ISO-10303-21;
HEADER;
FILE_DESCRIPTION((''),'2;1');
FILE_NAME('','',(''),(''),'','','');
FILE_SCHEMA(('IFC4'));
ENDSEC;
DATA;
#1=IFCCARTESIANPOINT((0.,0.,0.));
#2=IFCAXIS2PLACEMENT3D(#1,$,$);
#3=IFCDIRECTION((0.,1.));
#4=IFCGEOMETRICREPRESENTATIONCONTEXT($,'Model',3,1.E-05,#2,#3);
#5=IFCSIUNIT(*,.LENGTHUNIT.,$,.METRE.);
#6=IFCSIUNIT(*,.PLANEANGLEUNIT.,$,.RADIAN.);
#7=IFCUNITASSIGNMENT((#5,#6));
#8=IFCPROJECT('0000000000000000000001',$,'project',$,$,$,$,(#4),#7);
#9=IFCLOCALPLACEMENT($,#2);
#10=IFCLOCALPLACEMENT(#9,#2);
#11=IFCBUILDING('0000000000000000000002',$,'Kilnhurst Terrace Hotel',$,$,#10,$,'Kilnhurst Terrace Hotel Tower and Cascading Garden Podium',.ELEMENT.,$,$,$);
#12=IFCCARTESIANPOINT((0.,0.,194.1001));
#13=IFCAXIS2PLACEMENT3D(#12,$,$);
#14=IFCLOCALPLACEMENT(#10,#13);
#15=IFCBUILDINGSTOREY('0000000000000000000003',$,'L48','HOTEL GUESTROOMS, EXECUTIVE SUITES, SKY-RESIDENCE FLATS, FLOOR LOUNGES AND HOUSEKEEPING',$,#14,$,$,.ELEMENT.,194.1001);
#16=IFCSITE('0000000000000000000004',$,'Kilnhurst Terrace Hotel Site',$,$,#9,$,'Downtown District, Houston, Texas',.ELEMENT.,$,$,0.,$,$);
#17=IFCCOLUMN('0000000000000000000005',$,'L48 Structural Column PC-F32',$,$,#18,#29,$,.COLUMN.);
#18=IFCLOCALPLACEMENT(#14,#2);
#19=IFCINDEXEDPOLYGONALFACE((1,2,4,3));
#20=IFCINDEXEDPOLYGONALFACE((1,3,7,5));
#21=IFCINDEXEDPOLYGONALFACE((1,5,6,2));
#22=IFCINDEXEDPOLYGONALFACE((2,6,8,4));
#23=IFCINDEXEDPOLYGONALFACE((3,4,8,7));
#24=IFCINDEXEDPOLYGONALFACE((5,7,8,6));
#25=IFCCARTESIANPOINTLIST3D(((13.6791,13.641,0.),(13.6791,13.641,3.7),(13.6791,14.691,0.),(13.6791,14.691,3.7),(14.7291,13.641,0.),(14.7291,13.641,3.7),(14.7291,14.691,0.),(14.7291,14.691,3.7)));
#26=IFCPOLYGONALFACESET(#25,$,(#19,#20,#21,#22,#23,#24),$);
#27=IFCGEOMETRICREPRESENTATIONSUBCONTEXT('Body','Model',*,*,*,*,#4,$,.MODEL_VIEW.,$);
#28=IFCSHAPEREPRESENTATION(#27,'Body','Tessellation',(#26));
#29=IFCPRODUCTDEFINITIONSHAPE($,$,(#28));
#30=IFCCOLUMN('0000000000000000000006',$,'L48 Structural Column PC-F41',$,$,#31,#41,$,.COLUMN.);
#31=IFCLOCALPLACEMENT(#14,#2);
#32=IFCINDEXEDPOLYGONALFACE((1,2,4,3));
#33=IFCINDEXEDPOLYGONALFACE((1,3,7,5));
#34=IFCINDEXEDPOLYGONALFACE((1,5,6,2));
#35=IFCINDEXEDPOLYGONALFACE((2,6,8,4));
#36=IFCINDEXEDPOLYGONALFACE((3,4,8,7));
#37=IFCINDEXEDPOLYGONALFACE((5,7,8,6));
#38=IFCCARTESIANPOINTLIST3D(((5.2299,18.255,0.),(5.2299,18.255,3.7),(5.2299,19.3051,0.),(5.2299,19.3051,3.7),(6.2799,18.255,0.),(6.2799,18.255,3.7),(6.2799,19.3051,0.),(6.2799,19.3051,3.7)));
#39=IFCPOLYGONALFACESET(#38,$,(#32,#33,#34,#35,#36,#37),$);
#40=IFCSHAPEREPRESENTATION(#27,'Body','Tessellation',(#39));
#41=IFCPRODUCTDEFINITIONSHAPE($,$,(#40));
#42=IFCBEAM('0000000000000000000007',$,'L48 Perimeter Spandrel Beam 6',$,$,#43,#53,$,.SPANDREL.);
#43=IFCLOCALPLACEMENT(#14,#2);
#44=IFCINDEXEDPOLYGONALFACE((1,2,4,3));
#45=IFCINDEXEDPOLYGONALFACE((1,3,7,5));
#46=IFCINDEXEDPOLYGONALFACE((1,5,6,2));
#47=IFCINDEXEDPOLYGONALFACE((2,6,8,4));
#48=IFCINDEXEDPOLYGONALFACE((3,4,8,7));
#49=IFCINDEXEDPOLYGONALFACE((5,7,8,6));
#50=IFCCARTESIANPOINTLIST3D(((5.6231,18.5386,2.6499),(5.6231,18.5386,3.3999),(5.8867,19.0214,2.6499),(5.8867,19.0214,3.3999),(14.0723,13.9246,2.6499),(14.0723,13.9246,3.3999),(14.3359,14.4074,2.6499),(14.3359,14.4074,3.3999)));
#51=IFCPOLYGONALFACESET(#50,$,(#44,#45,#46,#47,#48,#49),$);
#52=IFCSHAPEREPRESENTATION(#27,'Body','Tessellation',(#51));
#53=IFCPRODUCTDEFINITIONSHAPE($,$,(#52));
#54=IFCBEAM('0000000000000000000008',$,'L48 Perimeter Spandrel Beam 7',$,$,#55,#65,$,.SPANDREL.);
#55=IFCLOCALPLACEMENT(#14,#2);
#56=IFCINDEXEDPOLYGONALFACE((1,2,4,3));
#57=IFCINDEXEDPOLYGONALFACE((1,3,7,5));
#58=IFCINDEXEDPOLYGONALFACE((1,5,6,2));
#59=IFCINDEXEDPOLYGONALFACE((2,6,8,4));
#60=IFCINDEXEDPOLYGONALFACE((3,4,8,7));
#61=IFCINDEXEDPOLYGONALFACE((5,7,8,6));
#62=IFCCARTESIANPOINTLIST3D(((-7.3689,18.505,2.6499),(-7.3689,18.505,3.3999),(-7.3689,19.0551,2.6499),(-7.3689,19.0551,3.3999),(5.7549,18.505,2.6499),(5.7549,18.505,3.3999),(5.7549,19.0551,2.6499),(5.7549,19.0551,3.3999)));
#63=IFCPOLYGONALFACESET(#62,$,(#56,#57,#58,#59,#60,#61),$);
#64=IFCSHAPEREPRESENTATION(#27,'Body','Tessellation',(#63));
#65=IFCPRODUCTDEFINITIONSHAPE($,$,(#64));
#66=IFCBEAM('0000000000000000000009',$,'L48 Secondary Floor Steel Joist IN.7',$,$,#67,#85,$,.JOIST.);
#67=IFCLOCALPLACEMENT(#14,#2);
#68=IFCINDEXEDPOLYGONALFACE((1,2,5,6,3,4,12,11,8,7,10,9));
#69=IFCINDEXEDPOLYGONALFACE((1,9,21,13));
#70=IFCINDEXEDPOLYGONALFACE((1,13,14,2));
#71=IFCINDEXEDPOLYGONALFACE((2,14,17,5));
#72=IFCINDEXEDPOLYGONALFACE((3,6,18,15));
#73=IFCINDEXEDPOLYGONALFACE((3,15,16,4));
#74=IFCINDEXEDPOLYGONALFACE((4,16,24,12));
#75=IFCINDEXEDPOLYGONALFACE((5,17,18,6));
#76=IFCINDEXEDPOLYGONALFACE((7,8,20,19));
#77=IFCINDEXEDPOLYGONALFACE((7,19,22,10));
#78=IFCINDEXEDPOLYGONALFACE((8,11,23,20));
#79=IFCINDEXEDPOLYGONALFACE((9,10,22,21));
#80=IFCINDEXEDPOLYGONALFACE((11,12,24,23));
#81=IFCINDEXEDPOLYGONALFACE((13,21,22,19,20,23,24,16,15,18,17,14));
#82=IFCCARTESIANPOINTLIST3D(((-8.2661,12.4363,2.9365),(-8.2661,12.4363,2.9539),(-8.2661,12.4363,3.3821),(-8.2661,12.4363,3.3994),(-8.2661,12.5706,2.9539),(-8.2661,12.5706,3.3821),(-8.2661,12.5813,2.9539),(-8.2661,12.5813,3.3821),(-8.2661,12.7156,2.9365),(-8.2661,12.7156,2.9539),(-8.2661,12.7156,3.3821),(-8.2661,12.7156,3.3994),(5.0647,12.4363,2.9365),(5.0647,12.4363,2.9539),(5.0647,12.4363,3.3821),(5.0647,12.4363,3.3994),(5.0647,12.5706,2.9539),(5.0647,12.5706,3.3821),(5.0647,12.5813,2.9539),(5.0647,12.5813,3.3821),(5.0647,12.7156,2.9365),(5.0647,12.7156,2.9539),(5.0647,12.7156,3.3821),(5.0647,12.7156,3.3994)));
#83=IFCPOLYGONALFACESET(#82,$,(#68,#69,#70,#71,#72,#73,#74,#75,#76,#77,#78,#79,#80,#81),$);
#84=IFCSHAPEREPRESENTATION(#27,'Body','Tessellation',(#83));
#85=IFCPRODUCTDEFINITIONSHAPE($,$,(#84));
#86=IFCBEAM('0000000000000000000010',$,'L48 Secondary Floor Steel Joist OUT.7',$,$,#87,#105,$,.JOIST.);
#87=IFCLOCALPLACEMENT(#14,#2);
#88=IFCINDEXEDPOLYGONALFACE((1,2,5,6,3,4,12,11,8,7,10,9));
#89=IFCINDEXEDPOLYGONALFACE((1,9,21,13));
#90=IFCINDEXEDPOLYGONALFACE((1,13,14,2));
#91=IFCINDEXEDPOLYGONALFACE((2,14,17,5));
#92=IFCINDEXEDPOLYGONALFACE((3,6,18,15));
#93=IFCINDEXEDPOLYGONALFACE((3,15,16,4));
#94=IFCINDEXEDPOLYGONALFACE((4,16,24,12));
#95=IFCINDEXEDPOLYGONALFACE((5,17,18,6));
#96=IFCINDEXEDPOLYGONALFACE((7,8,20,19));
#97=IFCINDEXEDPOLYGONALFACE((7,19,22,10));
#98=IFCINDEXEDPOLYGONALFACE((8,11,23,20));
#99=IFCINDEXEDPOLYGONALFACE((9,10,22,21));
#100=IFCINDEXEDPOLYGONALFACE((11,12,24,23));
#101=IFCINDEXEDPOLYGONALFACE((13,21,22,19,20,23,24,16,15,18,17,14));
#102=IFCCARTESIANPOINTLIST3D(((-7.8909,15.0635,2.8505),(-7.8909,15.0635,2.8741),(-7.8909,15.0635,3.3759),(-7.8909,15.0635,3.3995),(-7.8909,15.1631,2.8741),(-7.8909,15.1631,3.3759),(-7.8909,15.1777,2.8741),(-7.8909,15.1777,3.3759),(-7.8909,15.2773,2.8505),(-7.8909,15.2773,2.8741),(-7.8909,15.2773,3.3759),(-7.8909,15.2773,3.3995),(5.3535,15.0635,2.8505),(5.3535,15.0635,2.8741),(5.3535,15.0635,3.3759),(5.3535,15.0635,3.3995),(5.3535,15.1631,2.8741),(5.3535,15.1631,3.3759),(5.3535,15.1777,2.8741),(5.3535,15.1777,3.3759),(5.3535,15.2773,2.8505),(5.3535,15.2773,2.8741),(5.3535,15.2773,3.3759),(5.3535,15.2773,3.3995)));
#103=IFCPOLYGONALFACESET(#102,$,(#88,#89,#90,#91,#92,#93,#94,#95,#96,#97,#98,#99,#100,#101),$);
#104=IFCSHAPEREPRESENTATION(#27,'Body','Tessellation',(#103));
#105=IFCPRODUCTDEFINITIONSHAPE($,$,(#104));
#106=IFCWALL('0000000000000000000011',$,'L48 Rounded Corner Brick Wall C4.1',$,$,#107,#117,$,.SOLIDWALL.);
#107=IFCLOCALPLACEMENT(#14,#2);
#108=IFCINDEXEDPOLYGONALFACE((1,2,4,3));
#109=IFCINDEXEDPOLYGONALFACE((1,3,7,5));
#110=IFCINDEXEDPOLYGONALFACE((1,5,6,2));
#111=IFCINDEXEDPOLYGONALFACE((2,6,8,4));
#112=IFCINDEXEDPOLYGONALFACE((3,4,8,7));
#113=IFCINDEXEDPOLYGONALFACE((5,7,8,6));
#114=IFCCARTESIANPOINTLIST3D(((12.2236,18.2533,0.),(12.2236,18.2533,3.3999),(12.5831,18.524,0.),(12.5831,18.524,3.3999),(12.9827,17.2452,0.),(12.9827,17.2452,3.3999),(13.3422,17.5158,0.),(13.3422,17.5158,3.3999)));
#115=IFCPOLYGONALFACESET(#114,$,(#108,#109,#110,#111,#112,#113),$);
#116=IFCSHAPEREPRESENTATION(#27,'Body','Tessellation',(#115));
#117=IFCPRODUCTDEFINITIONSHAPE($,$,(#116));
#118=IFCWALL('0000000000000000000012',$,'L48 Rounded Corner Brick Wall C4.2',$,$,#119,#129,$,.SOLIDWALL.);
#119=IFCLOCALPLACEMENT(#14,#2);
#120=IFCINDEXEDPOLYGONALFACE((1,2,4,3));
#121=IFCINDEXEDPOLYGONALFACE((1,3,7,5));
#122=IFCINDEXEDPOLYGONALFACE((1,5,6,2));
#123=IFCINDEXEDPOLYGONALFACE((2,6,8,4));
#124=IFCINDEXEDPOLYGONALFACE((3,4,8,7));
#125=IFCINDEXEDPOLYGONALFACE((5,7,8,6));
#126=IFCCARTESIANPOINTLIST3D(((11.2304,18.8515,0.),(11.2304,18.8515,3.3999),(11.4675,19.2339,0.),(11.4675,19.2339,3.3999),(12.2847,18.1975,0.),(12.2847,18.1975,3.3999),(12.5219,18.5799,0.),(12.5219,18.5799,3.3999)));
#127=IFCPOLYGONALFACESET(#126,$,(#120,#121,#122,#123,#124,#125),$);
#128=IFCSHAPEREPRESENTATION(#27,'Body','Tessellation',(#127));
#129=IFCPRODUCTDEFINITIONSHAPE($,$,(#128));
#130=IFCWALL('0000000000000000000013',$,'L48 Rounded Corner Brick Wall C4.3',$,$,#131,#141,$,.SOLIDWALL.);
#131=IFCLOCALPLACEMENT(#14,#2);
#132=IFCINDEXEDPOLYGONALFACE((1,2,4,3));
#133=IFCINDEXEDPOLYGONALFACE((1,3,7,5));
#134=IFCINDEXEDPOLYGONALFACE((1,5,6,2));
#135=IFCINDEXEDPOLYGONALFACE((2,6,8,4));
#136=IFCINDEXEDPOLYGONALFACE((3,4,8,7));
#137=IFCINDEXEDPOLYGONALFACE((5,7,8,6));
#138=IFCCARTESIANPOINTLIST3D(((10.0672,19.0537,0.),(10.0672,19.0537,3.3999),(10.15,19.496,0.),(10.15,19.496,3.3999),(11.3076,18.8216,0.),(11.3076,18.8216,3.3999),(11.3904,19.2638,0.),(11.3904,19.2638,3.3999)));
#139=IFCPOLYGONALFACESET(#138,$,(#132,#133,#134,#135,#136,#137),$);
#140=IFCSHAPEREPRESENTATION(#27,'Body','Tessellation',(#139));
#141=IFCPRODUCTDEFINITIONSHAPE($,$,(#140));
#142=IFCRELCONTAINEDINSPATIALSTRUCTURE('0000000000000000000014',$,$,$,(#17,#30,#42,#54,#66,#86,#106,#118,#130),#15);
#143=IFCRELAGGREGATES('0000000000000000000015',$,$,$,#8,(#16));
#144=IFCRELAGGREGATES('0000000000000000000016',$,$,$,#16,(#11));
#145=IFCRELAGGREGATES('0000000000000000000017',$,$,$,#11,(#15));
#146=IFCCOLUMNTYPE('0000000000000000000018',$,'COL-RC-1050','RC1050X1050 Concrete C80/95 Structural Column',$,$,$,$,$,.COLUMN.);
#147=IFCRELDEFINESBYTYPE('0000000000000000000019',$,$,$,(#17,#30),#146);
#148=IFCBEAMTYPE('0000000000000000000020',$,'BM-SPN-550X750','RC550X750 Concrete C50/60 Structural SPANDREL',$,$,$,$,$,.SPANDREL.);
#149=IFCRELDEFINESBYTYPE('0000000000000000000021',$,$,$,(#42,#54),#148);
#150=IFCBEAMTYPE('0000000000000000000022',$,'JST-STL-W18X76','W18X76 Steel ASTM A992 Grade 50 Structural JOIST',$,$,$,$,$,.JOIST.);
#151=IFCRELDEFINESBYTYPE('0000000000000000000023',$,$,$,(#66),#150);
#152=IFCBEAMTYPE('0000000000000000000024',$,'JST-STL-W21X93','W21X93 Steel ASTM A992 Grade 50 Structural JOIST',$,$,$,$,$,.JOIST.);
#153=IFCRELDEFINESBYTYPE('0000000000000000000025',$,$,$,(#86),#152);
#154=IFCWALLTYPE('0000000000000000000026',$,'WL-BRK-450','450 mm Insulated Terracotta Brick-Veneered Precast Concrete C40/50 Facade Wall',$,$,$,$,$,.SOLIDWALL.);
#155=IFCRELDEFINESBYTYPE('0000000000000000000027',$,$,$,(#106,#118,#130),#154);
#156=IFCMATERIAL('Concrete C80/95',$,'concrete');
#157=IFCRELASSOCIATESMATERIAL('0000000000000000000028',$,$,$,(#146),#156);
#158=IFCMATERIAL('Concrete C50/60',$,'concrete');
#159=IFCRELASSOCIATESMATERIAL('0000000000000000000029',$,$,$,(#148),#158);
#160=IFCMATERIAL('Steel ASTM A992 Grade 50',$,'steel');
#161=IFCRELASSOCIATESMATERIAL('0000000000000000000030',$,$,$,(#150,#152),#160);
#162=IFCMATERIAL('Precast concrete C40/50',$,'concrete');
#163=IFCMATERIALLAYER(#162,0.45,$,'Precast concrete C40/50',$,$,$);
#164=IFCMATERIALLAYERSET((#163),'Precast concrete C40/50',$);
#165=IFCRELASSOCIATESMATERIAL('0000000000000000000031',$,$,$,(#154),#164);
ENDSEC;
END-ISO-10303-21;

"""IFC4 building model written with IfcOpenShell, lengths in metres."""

from ifc_helpers import new_model, si_unit, direction, frame, frame_2d, origin, origin_2d, place, context, subcontext, project, spatial, rectangle, i_section, extrude, material, layer, layer_set, material_profile, profile_set, type_object, element, save


model = new_model("IFC4")

# Units and contexts
model_context = context("Model", 3, precision=1e-05, world=origin(), true_north=direction((0.0, 1.0)))
body_context = subcontext(model_context, "Body", "Model", "MODEL_VIEW")
ifc_project = project(units=[si_unit("LENGTHUNIT", "METRE"), si_unit("PLANEANGLEUNIT", "RADIAN")], contexts=[model_context])

# Site, building, storey
site_placement = place(None, origin())
site = spatial("IfcSite", under=ifc_project, at=site_placement, Name="Kilnhurst Terrace Hotel Site", LongName="Downtown District, Houston, Texas", CompositionType="ELEMENT", RefElevation=0.0)
building_placement = place(site_placement, origin())
building = spatial("IfcBuilding", under=site, at=building_placement, Name="Kilnhurst Terrace Hotel", LongName="Kilnhurst Terrace Hotel Tower and Cascading Garden Podium", CompositionType="ELEMENT")
storey_placement = place(building_placement, frame((0.0, 0.0, 194.1001)))
storey = spatial("IfcBuildingStorey", under=building, at=storey_placement, Name="L48", Description="HOTEL GUESTROOMS, EXECUTIVE SUITES, SKY-RESIDENCE FLATS, FLOOR LOUNGES AND HOUSEKEEPING", CompositionType="ELEMENT", Elevation=194.1001)

# Columns
ifc_material_1 = material(Name="Concrete C80/95", Category="concrete")
ifc_material_profile_1 = material_profile(ifc_material_1, rectangle(XDim=1.05, YDim=1.05, at=origin_2d()), Name="RC1050X1050")
ifc_profile_set_1 = profile_set([ifc_material_profile_1], Name="Concrete C80/95")
column_type = type_object("IfcColumnType", Name="COL-RC-1050", Description="RC1050X1050 Concrete C80/95 Structural Column", PredefinedType="COLUMN", material=ifc_profile_set_1)
for number, where, z_axis, x_axis, name in (
    (1, (14.2041, 14.166, 0.0), (0.0, 0.0, 1.0), (1.0, 0.0, 0.0), "L48 Structural Column PC-F32"),
    (2, (5.7549, 18.78, 0.0), (0.0, 0.0, 1.0), (1.0, 0.0, 0.0), "L48 Structural Column PC-F41"),
):
    element("IfcColumn", number, at=place(storey_placement, frame(where, z_axis=z_axis, x_axis=x_axis)), inside=storey, type_object=column_type, Name=name, PredefinedType="COLUMN", context=body_context, shape_type="SweptSolid", body=[
        extrude(rectangle(XDim=1.05, YDim=1.05, at=origin_2d()), origin(), (0.0, 0.0, 1.0), 3.7),
    ])

# Beams
ifc_material_2 = material(Name="Concrete C50/60", Category="concrete")
ifc_material_profile_2 = material_profile(ifc_material_2, rectangle(XDim=0.55, YDim=0.75, at=origin_2d()), Name="RC550X750")
ifc_profile_set_2 = profile_set([ifc_material_profile_2], Name="Concrete C50/60")
beam_type_1 = type_object("IfcBeamType", Name="BM-SPN-550X750", Description="RC550X750 Concrete C50/60 Structural SPANDREL", PredefinedType="SPANDREL", material=ifc_profile_set_2)
beam_1_placement = place(storey_placement, frame((14.2041, 14.166, 3.0249), z_axis=(-0.877662, 0.47928, 0.0), x_axis=(-0.47928, -0.877662, 0.0)))
element("IfcBeam", 3, at=beam_1_placement, inside=storey, type_object=beam_type_1, Name="L48 Perimeter Spandrel Beam 6", PredefinedType="SPANDREL", context=body_context, shape_type="SweptSolid", body=[
    extrude(rectangle(XDim=0.55, YDim=0.75, at=origin_2d()), origin(), (0.0, 0.0, 1.0), 9.627),
])
beam_2_placement = place(storey_placement, frame((5.7549, 18.78, 3.0249), z_axis=(-1.0, 0.0, 0.0), x_axis=(0.0, -1.0, 0.0)))
element("IfcBeam", 4, at=beam_2_placement, inside=storey, type_object=beam_type_1, Name="L48 Perimeter Spandrel Beam 7", PredefinedType="SPANDREL", context=body_context, shape_type="SweptSolid", body=[
    extrude(rectangle(XDim=0.55, YDim=0.75, at=origin_2d()), origin(), (0.0, 0.0, 1.0), 13.1238),
])
ifc_material_3 = material(Name="Steel ASTM A992 Grade 50", Category="steel")
ifc_material_profile_3 = material_profile(ifc_material_3, i_section(OverallWidth=0.2793, OverallDepth=0.4629, WebThickness=0.0107, FlangeThickness=0.0173, at=origin_2d()), Name="W18X76")
ifc_profile_set_3 = profile_set([ifc_material_profile_3], Name="Steel ASTM A992 Grade 50")
beam_type_2 = type_object("IfcBeamType", Name="JST-STL-W18X76", Description="W18X76 Steel ASTM A992 Grade 50 Structural JOIST", PredefinedType="JOIST", material=ifc_profile_set_3)
beam_3_placement = place(storey_placement, frame((5.0647, 12.5759, 3.168), z_axis=(-1.0, 0.0, 0.0), x_axis=(0.0, -1.0, 0.0)))
element("IfcBeam", 5, at=beam_3_placement, inside=storey, type_object=beam_type_2, Name="L48 Secondary Floor Steel Joist IN.7", PredefinedType="JOIST", context=body_context, shape_type="SweptSolid", body=[
    extrude(i_section(OverallWidth=0.2793, OverallDepth=0.4629, WebThickness=0.0107, FlangeThickness=0.0173, at=origin_2d()), origin(), (0.0, 0.0, 1.0), 13.3308),
])
ifc_material_profile_4 = material_profile(ifc_material_3, i_section(OverallWidth=0.2139, OverallDepth=0.5491, WebThickness=0.0146, FlangeThickness=0.0237, at=origin_2d()), Name="W21X93")
ifc_profile_set_4 = profile_set([ifc_material_profile_4], Name="Steel ASTM A992 Grade 50")
beam_type_3 = type_object("IfcBeamType", Name="JST-STL-W21X93", Description="W21X93 Steel ASTM A992 Grade 50 Structural JOIST", PredefinedType="JOIST", material=ifc_profile_set_4)
beam_4_placement = place(storey_placement, frame((5.3535, 15.1704, 3.125), z_axis=(-1.0, 0.0, 0.0), x_axis=(0.0, -1.0, 0.0)))
element("IfcBeam", 6, at=beam_4_placement, inside=storey, type_object=beam_type_3, Name="L48 Secondary Floor Steel Joist OUT.7", PredefinedType="JOIST", context=body_context, shape_type="SweptSolid", body=[
    extrude(i_section(OverallWidth=0.2139, OverallDepth=0.5491, WebThickness=0.0146, FlangeThickness=0.0237, at=origin_2d()), origin(), (0.0, 0.0, 1.0), 13.2444),
])

# Walls
ifc_material_4 = material(Name="Precast concrete C40/50", Category="concrete")
ifc_layer_1 = layer(ifc_material_4, 0.45, Name="Precast concrete C40/50")
ifc_layer_set_1 = layer_set([ifc_layer_1], Name="Precast concrete C40/50")
wall_type_1 = type_object("IfcWallType", Name="WL-BRK-450", Description="450 mm Insulated Terracotta Brick-Veneered Precast Concrete C40/50 Facade Wall", PredefinedType="SOLIDWALL", material=ifc_layer_set_1)
wall_1_placement = place(storey_placement, frame((13.1624, 17.3806, 0.0), z_axis=(0.0, 0.0, 1.0), x_axis=(-0.601516, 0.798861, 0.0)))
element("IfcWall", 7, at=wall_1_placement, inside=storey, type_object=wall_type_1, Name="L48 Rounded Corner Brick Wall C4.1", PredefinedType="SOLIDWALL", context=body_context, shape_type="SweptSolid", body=[
    extrude(rectangle(XDim=1.262, YDim=0.45, at=frame_2d((0.6309, 0.0))), origin(), (0.0, 0.0, 1.0), 3.3999),
])
wall_2_placement = place(storey_placement, frame((12.4033, 18.3887, 0.0), z_axis=(0.0, 0.0, 1.0), x_axis=(-0.849795, 0.527113, 0.0)))
element("IfcWall", 8, at=wall_2_placement, inside=storey, type_object=wall_type_1, Name="L48 Rounded Corner Brick Wall C4.2", PredefinedType="SOLIDWALL", context=body_context, shape_type="SweptSolid", body=[
    extrude(rectangle(XDim=1.2407, YDim=0.45, at=frame_2d((0.6204, 0.0))), origin(), (0.0, 0.0, 1.0), 3.3999),
])
wall_3_placement = place(storey_placement, frame((11.3489, 19.0427, 0.0), z_axis=(0.0, 0.0, 1.0), x_axis=(-0.982931, 0.183973, 0.0)))
element("IfcWall", 9, at=wall_3_placement, inside=storey, type_object=wall_type_1, Name="L48 Rounded Corner Brick Wall C4.3", PredefinedType="SOLIDWALL", context=body_context, shape_type="SweptSolid", body=[
    extrude(rectangle(XDim=1.262, YDim=0.45, at=frame_2d((0.6309, 0.0))), origin(), (0.0, 0.0, 1.0), 3.3999),
])

save(model, "model.ifc")
